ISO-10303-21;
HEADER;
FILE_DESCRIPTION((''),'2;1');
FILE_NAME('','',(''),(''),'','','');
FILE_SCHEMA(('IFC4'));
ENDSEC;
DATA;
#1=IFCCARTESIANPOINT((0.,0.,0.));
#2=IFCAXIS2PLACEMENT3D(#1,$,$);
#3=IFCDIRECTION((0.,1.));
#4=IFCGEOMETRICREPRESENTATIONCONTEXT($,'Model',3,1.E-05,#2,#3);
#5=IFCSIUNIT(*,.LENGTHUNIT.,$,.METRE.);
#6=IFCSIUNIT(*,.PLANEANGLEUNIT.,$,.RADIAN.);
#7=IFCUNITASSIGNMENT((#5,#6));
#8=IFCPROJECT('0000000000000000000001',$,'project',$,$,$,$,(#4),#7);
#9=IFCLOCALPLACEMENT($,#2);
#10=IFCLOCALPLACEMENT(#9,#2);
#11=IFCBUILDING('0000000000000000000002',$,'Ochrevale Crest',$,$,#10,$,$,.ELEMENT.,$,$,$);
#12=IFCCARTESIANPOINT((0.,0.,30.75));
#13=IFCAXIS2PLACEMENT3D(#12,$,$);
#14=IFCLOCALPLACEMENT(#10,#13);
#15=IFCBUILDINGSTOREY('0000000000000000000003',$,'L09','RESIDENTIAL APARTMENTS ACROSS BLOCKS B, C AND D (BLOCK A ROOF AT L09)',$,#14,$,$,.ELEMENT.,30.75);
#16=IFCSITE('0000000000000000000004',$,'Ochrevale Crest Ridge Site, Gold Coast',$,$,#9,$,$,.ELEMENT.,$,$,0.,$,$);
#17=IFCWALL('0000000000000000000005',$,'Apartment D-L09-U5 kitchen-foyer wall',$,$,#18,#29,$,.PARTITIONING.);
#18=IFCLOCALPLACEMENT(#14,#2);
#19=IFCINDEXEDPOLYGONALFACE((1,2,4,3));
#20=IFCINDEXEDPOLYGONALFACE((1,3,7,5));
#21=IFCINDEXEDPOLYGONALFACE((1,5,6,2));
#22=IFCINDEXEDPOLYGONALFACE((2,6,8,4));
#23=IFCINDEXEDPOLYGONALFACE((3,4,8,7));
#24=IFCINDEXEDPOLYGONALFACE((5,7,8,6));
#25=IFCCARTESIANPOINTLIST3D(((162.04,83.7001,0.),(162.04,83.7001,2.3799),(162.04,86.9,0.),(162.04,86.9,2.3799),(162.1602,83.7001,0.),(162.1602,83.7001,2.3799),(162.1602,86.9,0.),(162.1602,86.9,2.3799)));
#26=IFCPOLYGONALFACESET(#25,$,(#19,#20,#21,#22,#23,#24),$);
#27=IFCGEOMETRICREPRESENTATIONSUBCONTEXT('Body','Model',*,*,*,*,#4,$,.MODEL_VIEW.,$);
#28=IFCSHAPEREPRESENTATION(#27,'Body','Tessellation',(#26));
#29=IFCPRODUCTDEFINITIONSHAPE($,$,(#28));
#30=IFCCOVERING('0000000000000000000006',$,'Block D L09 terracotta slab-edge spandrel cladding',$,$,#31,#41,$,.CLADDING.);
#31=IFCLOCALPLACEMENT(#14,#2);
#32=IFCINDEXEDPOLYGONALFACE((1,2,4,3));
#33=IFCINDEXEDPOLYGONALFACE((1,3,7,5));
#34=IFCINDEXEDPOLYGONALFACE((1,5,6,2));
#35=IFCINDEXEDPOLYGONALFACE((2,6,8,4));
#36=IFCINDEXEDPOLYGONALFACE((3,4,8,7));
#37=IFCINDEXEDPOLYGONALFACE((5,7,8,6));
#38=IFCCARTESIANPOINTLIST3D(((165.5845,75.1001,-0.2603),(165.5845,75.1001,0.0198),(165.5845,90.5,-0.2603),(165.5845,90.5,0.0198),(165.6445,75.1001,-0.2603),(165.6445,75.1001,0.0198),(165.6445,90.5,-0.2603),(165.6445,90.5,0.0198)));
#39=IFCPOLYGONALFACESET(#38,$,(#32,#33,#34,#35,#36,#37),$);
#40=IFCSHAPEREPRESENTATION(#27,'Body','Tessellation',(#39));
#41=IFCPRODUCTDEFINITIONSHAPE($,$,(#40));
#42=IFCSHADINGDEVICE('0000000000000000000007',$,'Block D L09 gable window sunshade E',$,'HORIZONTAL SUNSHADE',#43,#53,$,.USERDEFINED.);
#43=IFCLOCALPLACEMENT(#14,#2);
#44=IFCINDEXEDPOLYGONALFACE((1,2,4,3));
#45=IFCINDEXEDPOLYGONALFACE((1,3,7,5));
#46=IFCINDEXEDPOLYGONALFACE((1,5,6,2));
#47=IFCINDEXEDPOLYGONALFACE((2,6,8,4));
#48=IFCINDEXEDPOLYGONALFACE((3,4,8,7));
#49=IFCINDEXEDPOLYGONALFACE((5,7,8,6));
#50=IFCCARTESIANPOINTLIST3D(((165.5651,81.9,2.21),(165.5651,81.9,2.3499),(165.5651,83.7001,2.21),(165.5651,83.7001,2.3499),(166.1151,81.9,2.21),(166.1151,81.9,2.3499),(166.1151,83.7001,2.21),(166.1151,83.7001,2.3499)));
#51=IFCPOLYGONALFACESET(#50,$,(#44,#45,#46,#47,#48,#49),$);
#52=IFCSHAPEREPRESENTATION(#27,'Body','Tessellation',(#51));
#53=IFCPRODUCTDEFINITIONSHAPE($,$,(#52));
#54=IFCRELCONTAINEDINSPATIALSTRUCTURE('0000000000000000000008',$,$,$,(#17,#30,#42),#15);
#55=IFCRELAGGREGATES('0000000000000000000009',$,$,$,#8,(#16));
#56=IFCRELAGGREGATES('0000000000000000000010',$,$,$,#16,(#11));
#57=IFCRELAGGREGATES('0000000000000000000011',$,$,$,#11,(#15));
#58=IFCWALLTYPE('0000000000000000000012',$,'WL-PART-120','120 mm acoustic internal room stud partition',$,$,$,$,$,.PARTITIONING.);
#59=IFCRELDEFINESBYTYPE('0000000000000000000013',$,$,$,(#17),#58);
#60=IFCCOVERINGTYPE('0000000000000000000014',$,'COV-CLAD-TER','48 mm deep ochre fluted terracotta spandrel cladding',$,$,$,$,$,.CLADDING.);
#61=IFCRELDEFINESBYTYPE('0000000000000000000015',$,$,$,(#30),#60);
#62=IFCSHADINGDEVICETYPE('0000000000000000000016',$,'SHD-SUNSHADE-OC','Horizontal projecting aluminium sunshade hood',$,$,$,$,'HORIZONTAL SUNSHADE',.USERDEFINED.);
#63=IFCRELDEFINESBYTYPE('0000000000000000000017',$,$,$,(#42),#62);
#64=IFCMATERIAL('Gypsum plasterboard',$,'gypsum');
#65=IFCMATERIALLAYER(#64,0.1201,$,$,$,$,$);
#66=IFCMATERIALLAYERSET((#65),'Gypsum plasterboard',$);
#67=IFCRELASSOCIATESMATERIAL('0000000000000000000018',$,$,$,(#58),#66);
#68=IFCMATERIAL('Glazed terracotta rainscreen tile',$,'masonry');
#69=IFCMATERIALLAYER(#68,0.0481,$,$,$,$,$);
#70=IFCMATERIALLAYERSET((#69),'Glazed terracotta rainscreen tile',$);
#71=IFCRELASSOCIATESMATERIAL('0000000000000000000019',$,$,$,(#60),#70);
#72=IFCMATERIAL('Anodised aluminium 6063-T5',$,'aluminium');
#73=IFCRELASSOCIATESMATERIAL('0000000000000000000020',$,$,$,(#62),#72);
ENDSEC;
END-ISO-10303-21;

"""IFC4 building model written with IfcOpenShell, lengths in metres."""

from ifc_helpers import new_model, si_unit, direction, frame, frame_2d, origin, origin_2d, place, context, subcontext, project, spatial, rectangle, extrude, material, layer, layer_set, type_object, element, save


model = new_model("IFC4")

# Units and contexts
model_context = context("Model", 3, precision=1e-05, world=origin(), true_north=direction((0.0, 1.0)))
body_context = subcontext(model_context, "Body", "Model", "MODEL_VIEW")
ifc_project = project(units=[si_unit("LENGTHUNIT", "METRE"), si_unit("PLANEANGLEUNIT", "RADIAN")], contexts=[model_context])

# Site, building, storey
site_placement = place(None, origin())
site = spatial("IfcSite", under=ifc_project, at=site_placement, Name="Ochrevale Crest Ridge Site, Gold Coast", CompositionType="ELEMENT", RefElevation=0.0)
building_placement = place(site_placement, origin())
building = spatial("IfcBuilding", under=site, at=building_placement, Name="Ochrevale Crest", CompositionType="ELEMENT")
storey_placement = place(building_placement, frame((0.0, 0.0, 30.75)))
storey = spatial("IfcBuildingStorey", under=building, at=storey_placement, Name="L09", Description="RESIDENTIAL APARTMENTS ACROSS BLOCKS B, C AND D (BLOCK A ROOF AT L09)", CompositionType="ELEMENT", Elevation=30.75)

# Shared definitions
ifc_material_1 = material(Name="Anodised aluminium 6063-T5", Category="aluminium")

# Wall
ifc_material_2 = material(Name="Gypsum plasterboard", Category="gypsum")
ifc_layer_1 = layer(ifc_material_2, 0.1201)
ifc_layer_set_1 = layer_set([ifc_layer_1], Name="Gypsum plasterboard")
wall_type = type_object("IfcWallType", Name="WL-PART-120", Description="120 mm acoustic internal room stud partition", PredefinedType="PARTITIONING", material=ifc_layer_set_1)
wall_placement = place(storey_placement, frame((162.1001, 83.7, 0.0), z_axis=(0.0, 0.0, 1.0), x_axis=(0.0, 1.0, 0.0)))
element("IfcWall", 1, at=wall_placement, inside=storey, type_object=wall_type, Name="Apartment D-L09-U5 kitchen-foyer wall", PredefinedType="PARTITIONING", context=body_context, shape_type="SweptSolid", body=[
    extrude(rectangle(XDim=3.2, YDim=0.1201, at=frame_2d((1.6001, 0.0))), origin(), (0.0, 0.0, 1.0), 2.3799),
])

# Covering
ifc_material_3 = material(Name="Glazed terracotta rainscreen tile", Category="masonry")
ifc_layer_2 = layer(ifc_material_3, 0.0481)
ifc_layer_set_2 = layer_set([ifc_layer_2], Name="Glazed terracotta rainscreen tile")
covering_type = type_object("IfcCoveringType", Name="COV-CLAD-TER", Description="48 mm deep ochre fluted terracotta spandrel cladding", PredefinedType="CLADDING", material=ifc_layer_set_2)
covering_placement = place(storey_placement, frame((165.6145, 82.8, -0.2603), z_axis=(0.0, 0.0, 1.0), x_axis=(0.0, 1.0, 0.0)))
element("IfcCovering", 2, at=covering_placement, inside=storey, type_object=covering_type, Name="Block D L09 terracotta slab-edge spandrel cladding", PredefinedType="CLADDING", context=body_context, shape_type="SweptSolid", body=[
    extrude(rectangle(XDim=15.3999, YDim=0.0601, at=origin_2d()), origin(), (0.0, 0.0, 1.0), 0.28),
])

# Shading device
shading_device_type = type_object("IfcShadingDeviceType", Name="SHD-SUNSHADE-OC", Description="Horizontal projecting aluminium sunshade hood", ElementType="HORIZONTAL SUNSHADE", PredefinedType="USERDEFINED", material=ifc_material_1)
shading_device_placement = place(storey_placement, frame((165.8401, 82.8, 2.21), z_axis=(0.0, 0.0, 1.0), x_axis=(1.0, 0.0, 0.0)))
element("IfcShadingDevice", 3, at=shading_device_placement, inside=storey, type_object=shading_device_type, Name="Block D L09 gable window sunshade E", ObjectType="HORIZONTAL SUNSHADE", PredefinedType="USERDEFINED", context=body_context, shape_type="SweptSolid", body=[
    extrude(rectangle(XDim=0.55, YDim=1.8, at=origin_2d()), origin(), (0.0, 0.0, 1.0), 0.1399),
])

save(model, "model.ifc")
